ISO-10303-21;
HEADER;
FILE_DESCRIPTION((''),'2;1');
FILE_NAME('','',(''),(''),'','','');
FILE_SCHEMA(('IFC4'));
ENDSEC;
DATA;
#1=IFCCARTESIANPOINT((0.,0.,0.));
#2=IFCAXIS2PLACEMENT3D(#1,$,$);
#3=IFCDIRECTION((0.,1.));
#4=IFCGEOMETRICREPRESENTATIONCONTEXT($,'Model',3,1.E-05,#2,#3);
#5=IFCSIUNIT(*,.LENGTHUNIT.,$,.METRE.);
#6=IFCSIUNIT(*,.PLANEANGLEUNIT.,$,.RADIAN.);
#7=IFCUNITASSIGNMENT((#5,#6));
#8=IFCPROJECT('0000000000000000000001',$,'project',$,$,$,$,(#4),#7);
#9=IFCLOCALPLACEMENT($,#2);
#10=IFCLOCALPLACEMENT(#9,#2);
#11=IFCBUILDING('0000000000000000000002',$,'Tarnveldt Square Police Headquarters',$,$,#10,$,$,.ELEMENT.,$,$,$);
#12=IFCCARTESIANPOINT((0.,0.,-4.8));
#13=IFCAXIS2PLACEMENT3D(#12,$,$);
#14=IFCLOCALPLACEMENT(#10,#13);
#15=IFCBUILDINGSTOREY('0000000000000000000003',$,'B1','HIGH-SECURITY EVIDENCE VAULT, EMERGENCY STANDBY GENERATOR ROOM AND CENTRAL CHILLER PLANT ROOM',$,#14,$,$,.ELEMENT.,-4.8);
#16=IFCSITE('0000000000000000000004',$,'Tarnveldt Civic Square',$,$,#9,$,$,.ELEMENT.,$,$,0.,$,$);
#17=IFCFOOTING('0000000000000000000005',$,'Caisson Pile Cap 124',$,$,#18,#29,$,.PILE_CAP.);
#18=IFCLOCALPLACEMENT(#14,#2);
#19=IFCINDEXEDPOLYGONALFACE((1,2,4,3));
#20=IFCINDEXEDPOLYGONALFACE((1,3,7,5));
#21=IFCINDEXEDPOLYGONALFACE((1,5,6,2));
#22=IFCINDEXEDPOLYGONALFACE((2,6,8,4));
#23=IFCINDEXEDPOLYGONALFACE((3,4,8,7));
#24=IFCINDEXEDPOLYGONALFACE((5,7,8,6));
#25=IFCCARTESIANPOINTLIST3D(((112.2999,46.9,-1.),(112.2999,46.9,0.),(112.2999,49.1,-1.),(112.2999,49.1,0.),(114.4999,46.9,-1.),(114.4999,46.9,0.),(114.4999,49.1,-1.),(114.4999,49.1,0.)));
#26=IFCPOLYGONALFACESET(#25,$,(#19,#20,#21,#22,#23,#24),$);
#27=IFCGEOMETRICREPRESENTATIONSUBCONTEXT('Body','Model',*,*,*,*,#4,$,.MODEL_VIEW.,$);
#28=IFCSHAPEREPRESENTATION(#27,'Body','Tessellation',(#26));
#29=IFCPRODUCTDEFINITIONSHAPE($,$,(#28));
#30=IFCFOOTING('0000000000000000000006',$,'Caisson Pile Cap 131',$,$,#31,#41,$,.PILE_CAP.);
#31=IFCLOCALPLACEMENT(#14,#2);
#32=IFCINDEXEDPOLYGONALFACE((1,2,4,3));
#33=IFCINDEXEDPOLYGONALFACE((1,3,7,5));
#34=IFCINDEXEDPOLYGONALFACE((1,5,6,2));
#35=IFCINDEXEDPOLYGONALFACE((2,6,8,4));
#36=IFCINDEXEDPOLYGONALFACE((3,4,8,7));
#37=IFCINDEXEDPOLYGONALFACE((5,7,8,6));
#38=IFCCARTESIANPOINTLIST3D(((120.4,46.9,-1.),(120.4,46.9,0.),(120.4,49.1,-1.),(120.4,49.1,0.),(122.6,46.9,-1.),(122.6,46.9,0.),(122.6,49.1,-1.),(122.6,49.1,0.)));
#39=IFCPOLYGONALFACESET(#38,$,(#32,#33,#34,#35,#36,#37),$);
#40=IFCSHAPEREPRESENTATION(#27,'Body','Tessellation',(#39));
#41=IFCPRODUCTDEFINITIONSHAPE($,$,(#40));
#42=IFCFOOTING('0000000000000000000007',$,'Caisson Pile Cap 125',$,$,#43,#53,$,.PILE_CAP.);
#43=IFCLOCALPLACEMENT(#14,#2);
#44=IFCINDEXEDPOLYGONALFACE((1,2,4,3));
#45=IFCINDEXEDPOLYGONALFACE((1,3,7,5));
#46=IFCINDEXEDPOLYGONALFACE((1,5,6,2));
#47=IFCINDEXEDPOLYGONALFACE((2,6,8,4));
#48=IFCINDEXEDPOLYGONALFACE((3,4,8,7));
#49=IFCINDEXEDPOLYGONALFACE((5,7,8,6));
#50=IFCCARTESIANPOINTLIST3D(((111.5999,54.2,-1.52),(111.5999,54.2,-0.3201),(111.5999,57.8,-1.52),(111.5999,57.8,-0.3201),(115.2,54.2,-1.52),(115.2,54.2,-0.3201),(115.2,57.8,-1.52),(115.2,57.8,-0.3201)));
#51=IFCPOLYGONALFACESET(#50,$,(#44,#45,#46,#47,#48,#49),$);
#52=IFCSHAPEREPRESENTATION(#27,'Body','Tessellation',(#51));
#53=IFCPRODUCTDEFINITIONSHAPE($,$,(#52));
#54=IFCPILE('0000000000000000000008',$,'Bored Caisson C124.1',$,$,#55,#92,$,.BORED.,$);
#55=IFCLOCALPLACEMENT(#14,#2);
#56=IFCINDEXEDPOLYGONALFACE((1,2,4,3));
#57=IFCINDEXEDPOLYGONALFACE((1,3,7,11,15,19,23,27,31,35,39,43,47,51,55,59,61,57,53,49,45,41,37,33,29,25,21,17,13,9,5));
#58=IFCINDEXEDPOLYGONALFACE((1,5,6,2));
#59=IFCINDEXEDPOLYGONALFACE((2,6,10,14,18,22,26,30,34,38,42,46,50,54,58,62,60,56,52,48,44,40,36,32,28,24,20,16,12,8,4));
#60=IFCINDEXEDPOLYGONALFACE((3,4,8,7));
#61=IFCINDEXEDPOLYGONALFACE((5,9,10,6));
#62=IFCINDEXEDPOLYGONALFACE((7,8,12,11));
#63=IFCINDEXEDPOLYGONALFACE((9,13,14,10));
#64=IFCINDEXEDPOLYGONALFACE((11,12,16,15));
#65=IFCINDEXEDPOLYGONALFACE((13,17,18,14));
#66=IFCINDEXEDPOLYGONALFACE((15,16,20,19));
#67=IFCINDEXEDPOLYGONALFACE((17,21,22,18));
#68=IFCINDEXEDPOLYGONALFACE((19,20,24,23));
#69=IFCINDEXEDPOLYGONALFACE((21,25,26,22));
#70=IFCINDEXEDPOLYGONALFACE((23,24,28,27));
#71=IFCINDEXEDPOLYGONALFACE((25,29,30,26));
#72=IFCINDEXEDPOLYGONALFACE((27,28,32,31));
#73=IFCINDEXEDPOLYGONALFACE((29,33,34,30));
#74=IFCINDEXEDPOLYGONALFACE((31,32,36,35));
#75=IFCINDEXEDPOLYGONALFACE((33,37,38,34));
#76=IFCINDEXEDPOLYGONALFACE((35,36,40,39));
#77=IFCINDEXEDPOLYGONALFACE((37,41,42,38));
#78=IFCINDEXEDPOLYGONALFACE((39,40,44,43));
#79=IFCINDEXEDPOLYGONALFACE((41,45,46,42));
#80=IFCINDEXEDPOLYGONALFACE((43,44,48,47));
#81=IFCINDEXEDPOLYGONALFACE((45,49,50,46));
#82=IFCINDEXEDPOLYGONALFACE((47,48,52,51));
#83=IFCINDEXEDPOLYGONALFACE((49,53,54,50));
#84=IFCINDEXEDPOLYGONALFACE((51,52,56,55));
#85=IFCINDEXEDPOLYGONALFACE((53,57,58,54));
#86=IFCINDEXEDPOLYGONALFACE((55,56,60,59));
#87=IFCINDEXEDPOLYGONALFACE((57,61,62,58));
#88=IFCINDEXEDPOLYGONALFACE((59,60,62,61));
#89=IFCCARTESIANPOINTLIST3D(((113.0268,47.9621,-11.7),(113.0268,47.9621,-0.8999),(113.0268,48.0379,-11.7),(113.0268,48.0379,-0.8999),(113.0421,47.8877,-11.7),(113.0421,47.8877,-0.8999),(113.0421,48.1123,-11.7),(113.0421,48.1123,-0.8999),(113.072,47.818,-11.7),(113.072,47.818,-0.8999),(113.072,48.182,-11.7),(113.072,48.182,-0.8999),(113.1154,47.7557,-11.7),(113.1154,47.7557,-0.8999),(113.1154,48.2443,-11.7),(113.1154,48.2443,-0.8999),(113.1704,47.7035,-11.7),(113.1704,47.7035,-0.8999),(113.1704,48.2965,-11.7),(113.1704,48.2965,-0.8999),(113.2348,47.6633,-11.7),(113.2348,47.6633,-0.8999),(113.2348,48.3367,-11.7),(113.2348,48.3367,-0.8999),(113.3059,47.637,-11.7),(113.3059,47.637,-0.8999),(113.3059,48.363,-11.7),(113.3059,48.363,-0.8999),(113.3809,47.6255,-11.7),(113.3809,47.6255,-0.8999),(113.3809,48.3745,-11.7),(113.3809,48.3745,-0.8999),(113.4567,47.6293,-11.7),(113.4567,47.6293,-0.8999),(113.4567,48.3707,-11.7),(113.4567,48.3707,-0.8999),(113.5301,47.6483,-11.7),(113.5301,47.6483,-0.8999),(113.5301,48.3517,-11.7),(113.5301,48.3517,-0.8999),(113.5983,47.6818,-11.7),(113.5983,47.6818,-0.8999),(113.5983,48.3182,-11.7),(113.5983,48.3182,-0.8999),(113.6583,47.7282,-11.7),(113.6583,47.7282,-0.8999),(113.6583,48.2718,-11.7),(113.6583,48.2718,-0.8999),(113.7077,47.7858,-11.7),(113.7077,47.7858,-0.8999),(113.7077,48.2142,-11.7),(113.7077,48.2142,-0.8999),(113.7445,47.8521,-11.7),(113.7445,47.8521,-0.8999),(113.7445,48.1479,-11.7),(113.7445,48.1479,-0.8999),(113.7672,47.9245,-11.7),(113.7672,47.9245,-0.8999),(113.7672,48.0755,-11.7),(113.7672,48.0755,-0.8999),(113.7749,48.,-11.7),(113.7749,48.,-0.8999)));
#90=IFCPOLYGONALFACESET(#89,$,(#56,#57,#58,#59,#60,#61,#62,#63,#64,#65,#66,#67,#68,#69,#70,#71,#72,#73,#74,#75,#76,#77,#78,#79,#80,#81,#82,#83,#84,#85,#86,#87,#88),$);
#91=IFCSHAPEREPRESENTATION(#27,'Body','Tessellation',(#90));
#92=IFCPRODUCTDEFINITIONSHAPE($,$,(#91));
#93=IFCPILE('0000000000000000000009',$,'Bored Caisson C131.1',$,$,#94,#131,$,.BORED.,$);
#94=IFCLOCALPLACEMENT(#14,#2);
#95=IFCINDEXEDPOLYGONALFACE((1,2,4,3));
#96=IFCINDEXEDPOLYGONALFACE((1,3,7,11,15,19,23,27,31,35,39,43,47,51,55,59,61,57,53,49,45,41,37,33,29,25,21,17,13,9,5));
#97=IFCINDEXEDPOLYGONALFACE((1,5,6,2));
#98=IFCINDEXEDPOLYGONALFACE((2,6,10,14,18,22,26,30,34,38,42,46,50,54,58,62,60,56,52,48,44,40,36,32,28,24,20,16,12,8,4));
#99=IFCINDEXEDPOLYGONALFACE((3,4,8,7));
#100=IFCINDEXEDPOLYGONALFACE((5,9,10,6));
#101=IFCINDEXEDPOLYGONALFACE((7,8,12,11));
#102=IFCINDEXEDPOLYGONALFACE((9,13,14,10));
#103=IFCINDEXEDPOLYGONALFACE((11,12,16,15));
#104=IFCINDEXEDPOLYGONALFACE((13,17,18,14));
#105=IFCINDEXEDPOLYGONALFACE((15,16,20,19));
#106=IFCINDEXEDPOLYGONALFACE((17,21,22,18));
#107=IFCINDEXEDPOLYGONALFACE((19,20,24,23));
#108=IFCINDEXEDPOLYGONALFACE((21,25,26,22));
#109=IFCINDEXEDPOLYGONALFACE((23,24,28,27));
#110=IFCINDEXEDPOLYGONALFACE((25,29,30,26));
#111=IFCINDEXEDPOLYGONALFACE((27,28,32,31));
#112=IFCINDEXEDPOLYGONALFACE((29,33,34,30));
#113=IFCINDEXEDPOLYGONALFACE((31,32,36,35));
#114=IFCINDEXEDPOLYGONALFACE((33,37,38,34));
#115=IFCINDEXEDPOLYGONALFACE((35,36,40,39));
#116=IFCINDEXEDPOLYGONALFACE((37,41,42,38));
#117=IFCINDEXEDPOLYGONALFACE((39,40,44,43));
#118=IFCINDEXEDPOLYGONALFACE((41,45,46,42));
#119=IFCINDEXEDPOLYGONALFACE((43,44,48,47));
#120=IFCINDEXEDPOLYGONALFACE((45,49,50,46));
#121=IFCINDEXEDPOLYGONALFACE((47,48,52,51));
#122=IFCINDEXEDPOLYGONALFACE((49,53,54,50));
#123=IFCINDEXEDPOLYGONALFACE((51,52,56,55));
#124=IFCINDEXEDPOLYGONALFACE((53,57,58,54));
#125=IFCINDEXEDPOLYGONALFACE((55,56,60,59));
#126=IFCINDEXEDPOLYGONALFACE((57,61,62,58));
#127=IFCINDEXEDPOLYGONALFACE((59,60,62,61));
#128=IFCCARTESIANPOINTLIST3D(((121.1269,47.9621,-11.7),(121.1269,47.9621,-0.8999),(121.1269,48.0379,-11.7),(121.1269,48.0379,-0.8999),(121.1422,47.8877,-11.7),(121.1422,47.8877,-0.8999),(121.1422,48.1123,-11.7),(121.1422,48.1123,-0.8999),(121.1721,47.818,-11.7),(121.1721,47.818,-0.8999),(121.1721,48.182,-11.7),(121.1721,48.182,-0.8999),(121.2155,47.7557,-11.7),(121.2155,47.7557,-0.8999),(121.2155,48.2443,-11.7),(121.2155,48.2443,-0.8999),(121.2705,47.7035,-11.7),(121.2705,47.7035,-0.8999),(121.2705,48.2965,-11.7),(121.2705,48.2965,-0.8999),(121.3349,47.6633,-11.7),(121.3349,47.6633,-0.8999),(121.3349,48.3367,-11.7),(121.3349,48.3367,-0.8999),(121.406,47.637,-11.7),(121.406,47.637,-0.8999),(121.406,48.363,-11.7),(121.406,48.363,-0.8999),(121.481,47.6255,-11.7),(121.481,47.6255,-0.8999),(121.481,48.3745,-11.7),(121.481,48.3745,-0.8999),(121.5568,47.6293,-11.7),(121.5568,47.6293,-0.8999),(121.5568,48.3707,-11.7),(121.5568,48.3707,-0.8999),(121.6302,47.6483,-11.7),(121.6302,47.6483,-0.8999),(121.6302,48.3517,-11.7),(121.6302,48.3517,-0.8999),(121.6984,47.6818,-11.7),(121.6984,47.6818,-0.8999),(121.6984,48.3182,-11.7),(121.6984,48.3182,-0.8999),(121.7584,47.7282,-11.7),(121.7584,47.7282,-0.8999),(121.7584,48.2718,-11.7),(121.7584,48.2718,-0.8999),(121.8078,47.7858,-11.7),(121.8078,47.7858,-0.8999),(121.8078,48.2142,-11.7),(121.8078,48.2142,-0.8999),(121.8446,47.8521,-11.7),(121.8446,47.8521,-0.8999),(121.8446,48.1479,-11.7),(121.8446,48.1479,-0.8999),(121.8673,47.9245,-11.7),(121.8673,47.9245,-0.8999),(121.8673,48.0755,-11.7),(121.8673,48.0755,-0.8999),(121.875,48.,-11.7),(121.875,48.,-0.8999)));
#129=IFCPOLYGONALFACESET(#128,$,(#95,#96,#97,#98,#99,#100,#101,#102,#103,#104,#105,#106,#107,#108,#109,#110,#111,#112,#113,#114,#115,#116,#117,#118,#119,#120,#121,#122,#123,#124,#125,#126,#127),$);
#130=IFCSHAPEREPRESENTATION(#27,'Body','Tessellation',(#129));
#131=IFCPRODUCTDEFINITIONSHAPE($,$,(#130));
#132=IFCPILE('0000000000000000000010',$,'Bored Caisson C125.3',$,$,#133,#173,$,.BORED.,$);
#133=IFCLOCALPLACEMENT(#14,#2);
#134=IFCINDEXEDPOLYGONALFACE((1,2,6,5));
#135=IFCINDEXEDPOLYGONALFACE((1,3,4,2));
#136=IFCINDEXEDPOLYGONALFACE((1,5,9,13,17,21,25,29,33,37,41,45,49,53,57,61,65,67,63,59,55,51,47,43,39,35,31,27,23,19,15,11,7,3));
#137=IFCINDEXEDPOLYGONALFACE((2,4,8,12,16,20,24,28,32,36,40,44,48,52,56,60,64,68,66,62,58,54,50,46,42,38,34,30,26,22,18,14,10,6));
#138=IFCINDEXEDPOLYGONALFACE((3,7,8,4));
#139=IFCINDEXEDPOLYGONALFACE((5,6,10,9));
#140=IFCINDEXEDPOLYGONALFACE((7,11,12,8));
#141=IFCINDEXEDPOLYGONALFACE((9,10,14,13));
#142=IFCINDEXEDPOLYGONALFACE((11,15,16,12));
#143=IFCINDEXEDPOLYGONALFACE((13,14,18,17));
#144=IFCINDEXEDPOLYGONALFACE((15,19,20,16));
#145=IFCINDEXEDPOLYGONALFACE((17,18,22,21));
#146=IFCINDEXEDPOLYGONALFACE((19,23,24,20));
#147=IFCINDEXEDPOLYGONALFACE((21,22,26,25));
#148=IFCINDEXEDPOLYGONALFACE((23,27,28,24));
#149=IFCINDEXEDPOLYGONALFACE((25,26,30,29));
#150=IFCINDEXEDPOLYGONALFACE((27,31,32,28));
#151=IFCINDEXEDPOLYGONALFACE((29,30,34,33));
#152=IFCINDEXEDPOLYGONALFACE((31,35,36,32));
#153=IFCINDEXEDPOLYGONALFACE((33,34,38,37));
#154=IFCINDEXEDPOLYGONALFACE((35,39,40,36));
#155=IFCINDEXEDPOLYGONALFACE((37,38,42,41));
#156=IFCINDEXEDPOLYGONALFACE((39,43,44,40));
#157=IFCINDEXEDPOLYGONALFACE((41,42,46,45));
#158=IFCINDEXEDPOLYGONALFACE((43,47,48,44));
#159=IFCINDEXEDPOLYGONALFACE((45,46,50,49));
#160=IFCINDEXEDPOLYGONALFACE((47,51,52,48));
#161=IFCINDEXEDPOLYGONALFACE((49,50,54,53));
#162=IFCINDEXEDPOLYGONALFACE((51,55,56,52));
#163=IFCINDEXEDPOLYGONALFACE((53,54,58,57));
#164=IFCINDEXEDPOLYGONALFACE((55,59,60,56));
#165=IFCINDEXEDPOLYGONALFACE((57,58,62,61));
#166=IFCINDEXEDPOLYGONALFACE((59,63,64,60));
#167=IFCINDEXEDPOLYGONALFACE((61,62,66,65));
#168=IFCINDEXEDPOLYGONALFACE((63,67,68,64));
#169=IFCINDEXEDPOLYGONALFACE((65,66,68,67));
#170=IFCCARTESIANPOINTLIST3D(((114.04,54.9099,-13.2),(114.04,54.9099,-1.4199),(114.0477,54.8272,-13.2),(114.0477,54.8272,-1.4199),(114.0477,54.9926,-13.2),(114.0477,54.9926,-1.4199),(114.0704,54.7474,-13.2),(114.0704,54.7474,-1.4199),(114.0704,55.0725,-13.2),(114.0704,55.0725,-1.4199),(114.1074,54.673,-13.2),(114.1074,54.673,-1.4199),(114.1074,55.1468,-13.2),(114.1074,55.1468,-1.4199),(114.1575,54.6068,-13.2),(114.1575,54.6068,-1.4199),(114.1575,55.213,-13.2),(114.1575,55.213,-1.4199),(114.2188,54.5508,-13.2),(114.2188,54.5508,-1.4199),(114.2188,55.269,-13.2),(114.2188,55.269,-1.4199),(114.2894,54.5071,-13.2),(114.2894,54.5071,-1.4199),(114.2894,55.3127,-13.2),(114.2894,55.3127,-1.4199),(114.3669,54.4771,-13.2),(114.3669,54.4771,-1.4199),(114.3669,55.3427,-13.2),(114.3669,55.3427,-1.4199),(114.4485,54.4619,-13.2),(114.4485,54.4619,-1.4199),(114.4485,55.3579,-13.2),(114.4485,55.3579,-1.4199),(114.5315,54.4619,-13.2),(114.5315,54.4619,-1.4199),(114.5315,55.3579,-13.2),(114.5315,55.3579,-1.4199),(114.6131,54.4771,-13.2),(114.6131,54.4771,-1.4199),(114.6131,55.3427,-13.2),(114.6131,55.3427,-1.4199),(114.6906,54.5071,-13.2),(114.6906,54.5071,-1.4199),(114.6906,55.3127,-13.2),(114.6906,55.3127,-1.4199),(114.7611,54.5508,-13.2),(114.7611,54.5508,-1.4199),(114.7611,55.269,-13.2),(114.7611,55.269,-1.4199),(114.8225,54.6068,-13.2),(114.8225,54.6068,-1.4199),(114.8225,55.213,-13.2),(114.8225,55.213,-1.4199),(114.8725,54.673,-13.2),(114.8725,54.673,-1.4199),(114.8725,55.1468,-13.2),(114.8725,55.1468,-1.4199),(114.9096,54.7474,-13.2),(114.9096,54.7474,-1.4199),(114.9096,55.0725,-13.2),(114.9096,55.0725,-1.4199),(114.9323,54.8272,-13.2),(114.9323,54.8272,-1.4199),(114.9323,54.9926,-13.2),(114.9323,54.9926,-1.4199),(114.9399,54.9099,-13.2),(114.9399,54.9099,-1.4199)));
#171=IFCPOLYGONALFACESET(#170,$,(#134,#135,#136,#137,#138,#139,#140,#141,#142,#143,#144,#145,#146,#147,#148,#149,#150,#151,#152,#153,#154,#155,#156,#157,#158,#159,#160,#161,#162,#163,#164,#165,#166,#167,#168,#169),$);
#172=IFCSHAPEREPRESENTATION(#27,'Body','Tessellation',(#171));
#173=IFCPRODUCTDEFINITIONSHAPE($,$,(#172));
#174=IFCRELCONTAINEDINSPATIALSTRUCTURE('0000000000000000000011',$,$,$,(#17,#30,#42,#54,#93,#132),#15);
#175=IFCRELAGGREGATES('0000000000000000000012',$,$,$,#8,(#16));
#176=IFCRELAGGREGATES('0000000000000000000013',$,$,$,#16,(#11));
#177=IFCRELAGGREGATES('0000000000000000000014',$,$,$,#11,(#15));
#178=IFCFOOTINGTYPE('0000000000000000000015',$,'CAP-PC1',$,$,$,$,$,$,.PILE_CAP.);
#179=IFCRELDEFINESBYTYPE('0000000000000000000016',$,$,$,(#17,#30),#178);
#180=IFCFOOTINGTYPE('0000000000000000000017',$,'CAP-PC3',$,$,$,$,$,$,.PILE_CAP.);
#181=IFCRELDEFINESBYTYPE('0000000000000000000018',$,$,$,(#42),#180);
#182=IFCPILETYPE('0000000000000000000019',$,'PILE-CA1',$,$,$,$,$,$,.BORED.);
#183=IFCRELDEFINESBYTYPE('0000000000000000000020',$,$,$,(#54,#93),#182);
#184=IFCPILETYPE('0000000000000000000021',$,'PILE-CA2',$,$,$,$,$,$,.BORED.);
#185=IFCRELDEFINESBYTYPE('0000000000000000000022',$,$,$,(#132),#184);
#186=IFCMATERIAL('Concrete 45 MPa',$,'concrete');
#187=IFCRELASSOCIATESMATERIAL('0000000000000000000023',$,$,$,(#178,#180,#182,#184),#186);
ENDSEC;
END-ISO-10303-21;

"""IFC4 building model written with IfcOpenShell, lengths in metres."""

from ifc_helpers import new_model, si_unit, direction, frame, origin, origin_2d, place, context, subcontext, project, spatial, rectangle, circle, extrude, material, material_profile, profile_set, type_object, element, save


model = new_model("IFC4")

# Units and contexts
model_context = context("Model", 3, precision=1e-05, world=origin(), true_north=direction((0.0, 1.0)))
body_context = subcontext(model_context, "Body", "Model", "MODEL_VIEW")
ifc_project = project(units=[si_unit("LENGTHUNIT", "METRE"), si_unit("PLANEANGLEUNIT", "RADIAN")], contexts=[model_context])

# Site, building, storey
site_placement = place(None, origin())
site = spatial("IfcSite", under=ifc_project, at=site_placement, Name="Tarnveldt Civic Square", CompositionType="ELEMENT", RefElevation=0.0)
building_placement = place(site_placement, origin())
building = spatial("IfcBuilding", under=site, at=building_placement, Name="Tarnveldt Square Police Headquarters", CompositionType="ELEMENT")
storey_placement = place(building_placement, frame((0.0, 0.0, -4.8)))
storey = spatial("IfcBuildingStorey", under=building, at=storey_placement, Name="B1", Description="HIGH-SECURITY EVIDENCE VAULT, EMERGENCY STANDBY GENERATOR ROOM AND CENTRAL CHILLER PLANT ROOM", CompositionType="ELEMENT", Elevation=-4.8)

# Footings
ifc_material_1 = material(Name="Concrete 45 MPa", Category="concrete")
footing_type_1 = type_object("IfcFootingType", Name="CAP-PC1", PredefinedType="PILE_CAP", material=ifc_material_1)
for number, where, z_axis, x_axis, name in (
    (1, (113.3999, 48.0, -1.0), (0.0, 0.0, 1.0), (1.0, 0.0, 0.0), "Caisson Pile Cap 124"),
    (2, (121.5, 48.0, -1.0), (0.0, 0.0, 1.0), (1.0, 0.0, 0.0), "Caisson Pile Cap 131"),
):
    element("IfcFooting", number, at=place(storey_placement, frame(where, z_axis=z_axis, x_axis=x_axis)), inside=storey, type_object=footing_type_1, Name=name, PredefinedType="PILE_CAP", context=body_context, shape_type="SweptSolid", body=[
        extrude(rectangle(XDim=2.2, YDim=2.2, at=origin_2d()), origin(), (0.0, 0.0, 1.0), 1.0),
    ])
footing_type_2 = type_object("IfcFootingType", Name="CAP-PC3", PredefinedType="PILE_CAP", material=ifc_material_1)
footing_placement = place(storey_placement, frame((113.3999, 56.0, -1.52), z_axis=(0.0, 0.0, 1.0), x_axis=(1.0, 0.0, 0.0)))
element("IfcFooting", 3, at=footing_placement, inside=storey, type_object=footing_type_2, Name="Caisson Pile Cap 125", PredefinedType="PILE_CAP", context=body_context, shape_type="SweptSolid", body=[
    extrude(rectangle(XDim=3.6001, YDim=3.6001, at=origin_2d()), origin(), (0.0, 0.0, 1.0), 1.2),
])

# Piles
ifc_material_profile_1 = material_profile(ifc_material_1, circle(Radius=0.375, at=origin_2d()), Name="CAISSON-D750")
ifc_profile_set_1 = profile_set([ifc_material_profile_1], Name="Concrete 45 MPa")
pile_type_1 = type_object("IfcPileType", Name="PILE-CA1", PredefinedType="BORED", material=ifc_profile_set_1)
for number, where, z_axis, x_axis, name in (
    (4, (113.3999, 48.0, -0.8999), (0.0, 0.0, -1.0), (1.0, 0.0, 0.0), "Bored Caisson C124.1"),
    (5, (121.5, 48.0, -0.8999), (0.0, 0.0, -1.0), (1.0, 0.0, 0.0), "Bored Caisson C131.1"),
):
    element("IfcPile", number, at=place(storey_placement, frame(where, z_axis=z_axis, x_axis=x_axis)), inside=storey, type_object=pile_type_1, Name=name, PredefinedType="BORED", context=body_context, shape_type="SweptSolid", body=[
        extrude(circle(Radius=0.375, at=origin_2d()), origin(), (0.0, 0.0, 1.0), 10.8),
    ])
ifc_material_profile_2 = material_profile(ifc_material_1, circle(Radius=0.45, at=origin_2d()), Name="CAISSON-D900")
ifc_profile_set_2 = profile_set([ifc_material_profile_2], Name="Concrete 45 MPa")
pile_type_2 = type_object("IfcPileType", Name="PILE-CA2", PredefinedType="BORED", material=ifc_profile_set_2)
for number, where, z_axis, x_axis, name in (
    (6, (114.49, 54.9099, -1.4199), (0.0, 0.0, -1.0), (1.0, 0.0, 0.0), "Bored Caisson C125.3"),
):
    element("IfcPile", number, at=place(storey_placement, frame(where, z_axis=z_axis, x_axis=x_axis)), inside=storey, type_object=pile_type_2, Name=name, PredefinedType="BORED", context=body_context, shape_type="SweptSolid", body=[
        extrude(circle(Radius=0.45, at=origin_2d()), origin(), (0.0, 0.0, 1.0), 11.78),
    ])

save(model, "model.ifc")
